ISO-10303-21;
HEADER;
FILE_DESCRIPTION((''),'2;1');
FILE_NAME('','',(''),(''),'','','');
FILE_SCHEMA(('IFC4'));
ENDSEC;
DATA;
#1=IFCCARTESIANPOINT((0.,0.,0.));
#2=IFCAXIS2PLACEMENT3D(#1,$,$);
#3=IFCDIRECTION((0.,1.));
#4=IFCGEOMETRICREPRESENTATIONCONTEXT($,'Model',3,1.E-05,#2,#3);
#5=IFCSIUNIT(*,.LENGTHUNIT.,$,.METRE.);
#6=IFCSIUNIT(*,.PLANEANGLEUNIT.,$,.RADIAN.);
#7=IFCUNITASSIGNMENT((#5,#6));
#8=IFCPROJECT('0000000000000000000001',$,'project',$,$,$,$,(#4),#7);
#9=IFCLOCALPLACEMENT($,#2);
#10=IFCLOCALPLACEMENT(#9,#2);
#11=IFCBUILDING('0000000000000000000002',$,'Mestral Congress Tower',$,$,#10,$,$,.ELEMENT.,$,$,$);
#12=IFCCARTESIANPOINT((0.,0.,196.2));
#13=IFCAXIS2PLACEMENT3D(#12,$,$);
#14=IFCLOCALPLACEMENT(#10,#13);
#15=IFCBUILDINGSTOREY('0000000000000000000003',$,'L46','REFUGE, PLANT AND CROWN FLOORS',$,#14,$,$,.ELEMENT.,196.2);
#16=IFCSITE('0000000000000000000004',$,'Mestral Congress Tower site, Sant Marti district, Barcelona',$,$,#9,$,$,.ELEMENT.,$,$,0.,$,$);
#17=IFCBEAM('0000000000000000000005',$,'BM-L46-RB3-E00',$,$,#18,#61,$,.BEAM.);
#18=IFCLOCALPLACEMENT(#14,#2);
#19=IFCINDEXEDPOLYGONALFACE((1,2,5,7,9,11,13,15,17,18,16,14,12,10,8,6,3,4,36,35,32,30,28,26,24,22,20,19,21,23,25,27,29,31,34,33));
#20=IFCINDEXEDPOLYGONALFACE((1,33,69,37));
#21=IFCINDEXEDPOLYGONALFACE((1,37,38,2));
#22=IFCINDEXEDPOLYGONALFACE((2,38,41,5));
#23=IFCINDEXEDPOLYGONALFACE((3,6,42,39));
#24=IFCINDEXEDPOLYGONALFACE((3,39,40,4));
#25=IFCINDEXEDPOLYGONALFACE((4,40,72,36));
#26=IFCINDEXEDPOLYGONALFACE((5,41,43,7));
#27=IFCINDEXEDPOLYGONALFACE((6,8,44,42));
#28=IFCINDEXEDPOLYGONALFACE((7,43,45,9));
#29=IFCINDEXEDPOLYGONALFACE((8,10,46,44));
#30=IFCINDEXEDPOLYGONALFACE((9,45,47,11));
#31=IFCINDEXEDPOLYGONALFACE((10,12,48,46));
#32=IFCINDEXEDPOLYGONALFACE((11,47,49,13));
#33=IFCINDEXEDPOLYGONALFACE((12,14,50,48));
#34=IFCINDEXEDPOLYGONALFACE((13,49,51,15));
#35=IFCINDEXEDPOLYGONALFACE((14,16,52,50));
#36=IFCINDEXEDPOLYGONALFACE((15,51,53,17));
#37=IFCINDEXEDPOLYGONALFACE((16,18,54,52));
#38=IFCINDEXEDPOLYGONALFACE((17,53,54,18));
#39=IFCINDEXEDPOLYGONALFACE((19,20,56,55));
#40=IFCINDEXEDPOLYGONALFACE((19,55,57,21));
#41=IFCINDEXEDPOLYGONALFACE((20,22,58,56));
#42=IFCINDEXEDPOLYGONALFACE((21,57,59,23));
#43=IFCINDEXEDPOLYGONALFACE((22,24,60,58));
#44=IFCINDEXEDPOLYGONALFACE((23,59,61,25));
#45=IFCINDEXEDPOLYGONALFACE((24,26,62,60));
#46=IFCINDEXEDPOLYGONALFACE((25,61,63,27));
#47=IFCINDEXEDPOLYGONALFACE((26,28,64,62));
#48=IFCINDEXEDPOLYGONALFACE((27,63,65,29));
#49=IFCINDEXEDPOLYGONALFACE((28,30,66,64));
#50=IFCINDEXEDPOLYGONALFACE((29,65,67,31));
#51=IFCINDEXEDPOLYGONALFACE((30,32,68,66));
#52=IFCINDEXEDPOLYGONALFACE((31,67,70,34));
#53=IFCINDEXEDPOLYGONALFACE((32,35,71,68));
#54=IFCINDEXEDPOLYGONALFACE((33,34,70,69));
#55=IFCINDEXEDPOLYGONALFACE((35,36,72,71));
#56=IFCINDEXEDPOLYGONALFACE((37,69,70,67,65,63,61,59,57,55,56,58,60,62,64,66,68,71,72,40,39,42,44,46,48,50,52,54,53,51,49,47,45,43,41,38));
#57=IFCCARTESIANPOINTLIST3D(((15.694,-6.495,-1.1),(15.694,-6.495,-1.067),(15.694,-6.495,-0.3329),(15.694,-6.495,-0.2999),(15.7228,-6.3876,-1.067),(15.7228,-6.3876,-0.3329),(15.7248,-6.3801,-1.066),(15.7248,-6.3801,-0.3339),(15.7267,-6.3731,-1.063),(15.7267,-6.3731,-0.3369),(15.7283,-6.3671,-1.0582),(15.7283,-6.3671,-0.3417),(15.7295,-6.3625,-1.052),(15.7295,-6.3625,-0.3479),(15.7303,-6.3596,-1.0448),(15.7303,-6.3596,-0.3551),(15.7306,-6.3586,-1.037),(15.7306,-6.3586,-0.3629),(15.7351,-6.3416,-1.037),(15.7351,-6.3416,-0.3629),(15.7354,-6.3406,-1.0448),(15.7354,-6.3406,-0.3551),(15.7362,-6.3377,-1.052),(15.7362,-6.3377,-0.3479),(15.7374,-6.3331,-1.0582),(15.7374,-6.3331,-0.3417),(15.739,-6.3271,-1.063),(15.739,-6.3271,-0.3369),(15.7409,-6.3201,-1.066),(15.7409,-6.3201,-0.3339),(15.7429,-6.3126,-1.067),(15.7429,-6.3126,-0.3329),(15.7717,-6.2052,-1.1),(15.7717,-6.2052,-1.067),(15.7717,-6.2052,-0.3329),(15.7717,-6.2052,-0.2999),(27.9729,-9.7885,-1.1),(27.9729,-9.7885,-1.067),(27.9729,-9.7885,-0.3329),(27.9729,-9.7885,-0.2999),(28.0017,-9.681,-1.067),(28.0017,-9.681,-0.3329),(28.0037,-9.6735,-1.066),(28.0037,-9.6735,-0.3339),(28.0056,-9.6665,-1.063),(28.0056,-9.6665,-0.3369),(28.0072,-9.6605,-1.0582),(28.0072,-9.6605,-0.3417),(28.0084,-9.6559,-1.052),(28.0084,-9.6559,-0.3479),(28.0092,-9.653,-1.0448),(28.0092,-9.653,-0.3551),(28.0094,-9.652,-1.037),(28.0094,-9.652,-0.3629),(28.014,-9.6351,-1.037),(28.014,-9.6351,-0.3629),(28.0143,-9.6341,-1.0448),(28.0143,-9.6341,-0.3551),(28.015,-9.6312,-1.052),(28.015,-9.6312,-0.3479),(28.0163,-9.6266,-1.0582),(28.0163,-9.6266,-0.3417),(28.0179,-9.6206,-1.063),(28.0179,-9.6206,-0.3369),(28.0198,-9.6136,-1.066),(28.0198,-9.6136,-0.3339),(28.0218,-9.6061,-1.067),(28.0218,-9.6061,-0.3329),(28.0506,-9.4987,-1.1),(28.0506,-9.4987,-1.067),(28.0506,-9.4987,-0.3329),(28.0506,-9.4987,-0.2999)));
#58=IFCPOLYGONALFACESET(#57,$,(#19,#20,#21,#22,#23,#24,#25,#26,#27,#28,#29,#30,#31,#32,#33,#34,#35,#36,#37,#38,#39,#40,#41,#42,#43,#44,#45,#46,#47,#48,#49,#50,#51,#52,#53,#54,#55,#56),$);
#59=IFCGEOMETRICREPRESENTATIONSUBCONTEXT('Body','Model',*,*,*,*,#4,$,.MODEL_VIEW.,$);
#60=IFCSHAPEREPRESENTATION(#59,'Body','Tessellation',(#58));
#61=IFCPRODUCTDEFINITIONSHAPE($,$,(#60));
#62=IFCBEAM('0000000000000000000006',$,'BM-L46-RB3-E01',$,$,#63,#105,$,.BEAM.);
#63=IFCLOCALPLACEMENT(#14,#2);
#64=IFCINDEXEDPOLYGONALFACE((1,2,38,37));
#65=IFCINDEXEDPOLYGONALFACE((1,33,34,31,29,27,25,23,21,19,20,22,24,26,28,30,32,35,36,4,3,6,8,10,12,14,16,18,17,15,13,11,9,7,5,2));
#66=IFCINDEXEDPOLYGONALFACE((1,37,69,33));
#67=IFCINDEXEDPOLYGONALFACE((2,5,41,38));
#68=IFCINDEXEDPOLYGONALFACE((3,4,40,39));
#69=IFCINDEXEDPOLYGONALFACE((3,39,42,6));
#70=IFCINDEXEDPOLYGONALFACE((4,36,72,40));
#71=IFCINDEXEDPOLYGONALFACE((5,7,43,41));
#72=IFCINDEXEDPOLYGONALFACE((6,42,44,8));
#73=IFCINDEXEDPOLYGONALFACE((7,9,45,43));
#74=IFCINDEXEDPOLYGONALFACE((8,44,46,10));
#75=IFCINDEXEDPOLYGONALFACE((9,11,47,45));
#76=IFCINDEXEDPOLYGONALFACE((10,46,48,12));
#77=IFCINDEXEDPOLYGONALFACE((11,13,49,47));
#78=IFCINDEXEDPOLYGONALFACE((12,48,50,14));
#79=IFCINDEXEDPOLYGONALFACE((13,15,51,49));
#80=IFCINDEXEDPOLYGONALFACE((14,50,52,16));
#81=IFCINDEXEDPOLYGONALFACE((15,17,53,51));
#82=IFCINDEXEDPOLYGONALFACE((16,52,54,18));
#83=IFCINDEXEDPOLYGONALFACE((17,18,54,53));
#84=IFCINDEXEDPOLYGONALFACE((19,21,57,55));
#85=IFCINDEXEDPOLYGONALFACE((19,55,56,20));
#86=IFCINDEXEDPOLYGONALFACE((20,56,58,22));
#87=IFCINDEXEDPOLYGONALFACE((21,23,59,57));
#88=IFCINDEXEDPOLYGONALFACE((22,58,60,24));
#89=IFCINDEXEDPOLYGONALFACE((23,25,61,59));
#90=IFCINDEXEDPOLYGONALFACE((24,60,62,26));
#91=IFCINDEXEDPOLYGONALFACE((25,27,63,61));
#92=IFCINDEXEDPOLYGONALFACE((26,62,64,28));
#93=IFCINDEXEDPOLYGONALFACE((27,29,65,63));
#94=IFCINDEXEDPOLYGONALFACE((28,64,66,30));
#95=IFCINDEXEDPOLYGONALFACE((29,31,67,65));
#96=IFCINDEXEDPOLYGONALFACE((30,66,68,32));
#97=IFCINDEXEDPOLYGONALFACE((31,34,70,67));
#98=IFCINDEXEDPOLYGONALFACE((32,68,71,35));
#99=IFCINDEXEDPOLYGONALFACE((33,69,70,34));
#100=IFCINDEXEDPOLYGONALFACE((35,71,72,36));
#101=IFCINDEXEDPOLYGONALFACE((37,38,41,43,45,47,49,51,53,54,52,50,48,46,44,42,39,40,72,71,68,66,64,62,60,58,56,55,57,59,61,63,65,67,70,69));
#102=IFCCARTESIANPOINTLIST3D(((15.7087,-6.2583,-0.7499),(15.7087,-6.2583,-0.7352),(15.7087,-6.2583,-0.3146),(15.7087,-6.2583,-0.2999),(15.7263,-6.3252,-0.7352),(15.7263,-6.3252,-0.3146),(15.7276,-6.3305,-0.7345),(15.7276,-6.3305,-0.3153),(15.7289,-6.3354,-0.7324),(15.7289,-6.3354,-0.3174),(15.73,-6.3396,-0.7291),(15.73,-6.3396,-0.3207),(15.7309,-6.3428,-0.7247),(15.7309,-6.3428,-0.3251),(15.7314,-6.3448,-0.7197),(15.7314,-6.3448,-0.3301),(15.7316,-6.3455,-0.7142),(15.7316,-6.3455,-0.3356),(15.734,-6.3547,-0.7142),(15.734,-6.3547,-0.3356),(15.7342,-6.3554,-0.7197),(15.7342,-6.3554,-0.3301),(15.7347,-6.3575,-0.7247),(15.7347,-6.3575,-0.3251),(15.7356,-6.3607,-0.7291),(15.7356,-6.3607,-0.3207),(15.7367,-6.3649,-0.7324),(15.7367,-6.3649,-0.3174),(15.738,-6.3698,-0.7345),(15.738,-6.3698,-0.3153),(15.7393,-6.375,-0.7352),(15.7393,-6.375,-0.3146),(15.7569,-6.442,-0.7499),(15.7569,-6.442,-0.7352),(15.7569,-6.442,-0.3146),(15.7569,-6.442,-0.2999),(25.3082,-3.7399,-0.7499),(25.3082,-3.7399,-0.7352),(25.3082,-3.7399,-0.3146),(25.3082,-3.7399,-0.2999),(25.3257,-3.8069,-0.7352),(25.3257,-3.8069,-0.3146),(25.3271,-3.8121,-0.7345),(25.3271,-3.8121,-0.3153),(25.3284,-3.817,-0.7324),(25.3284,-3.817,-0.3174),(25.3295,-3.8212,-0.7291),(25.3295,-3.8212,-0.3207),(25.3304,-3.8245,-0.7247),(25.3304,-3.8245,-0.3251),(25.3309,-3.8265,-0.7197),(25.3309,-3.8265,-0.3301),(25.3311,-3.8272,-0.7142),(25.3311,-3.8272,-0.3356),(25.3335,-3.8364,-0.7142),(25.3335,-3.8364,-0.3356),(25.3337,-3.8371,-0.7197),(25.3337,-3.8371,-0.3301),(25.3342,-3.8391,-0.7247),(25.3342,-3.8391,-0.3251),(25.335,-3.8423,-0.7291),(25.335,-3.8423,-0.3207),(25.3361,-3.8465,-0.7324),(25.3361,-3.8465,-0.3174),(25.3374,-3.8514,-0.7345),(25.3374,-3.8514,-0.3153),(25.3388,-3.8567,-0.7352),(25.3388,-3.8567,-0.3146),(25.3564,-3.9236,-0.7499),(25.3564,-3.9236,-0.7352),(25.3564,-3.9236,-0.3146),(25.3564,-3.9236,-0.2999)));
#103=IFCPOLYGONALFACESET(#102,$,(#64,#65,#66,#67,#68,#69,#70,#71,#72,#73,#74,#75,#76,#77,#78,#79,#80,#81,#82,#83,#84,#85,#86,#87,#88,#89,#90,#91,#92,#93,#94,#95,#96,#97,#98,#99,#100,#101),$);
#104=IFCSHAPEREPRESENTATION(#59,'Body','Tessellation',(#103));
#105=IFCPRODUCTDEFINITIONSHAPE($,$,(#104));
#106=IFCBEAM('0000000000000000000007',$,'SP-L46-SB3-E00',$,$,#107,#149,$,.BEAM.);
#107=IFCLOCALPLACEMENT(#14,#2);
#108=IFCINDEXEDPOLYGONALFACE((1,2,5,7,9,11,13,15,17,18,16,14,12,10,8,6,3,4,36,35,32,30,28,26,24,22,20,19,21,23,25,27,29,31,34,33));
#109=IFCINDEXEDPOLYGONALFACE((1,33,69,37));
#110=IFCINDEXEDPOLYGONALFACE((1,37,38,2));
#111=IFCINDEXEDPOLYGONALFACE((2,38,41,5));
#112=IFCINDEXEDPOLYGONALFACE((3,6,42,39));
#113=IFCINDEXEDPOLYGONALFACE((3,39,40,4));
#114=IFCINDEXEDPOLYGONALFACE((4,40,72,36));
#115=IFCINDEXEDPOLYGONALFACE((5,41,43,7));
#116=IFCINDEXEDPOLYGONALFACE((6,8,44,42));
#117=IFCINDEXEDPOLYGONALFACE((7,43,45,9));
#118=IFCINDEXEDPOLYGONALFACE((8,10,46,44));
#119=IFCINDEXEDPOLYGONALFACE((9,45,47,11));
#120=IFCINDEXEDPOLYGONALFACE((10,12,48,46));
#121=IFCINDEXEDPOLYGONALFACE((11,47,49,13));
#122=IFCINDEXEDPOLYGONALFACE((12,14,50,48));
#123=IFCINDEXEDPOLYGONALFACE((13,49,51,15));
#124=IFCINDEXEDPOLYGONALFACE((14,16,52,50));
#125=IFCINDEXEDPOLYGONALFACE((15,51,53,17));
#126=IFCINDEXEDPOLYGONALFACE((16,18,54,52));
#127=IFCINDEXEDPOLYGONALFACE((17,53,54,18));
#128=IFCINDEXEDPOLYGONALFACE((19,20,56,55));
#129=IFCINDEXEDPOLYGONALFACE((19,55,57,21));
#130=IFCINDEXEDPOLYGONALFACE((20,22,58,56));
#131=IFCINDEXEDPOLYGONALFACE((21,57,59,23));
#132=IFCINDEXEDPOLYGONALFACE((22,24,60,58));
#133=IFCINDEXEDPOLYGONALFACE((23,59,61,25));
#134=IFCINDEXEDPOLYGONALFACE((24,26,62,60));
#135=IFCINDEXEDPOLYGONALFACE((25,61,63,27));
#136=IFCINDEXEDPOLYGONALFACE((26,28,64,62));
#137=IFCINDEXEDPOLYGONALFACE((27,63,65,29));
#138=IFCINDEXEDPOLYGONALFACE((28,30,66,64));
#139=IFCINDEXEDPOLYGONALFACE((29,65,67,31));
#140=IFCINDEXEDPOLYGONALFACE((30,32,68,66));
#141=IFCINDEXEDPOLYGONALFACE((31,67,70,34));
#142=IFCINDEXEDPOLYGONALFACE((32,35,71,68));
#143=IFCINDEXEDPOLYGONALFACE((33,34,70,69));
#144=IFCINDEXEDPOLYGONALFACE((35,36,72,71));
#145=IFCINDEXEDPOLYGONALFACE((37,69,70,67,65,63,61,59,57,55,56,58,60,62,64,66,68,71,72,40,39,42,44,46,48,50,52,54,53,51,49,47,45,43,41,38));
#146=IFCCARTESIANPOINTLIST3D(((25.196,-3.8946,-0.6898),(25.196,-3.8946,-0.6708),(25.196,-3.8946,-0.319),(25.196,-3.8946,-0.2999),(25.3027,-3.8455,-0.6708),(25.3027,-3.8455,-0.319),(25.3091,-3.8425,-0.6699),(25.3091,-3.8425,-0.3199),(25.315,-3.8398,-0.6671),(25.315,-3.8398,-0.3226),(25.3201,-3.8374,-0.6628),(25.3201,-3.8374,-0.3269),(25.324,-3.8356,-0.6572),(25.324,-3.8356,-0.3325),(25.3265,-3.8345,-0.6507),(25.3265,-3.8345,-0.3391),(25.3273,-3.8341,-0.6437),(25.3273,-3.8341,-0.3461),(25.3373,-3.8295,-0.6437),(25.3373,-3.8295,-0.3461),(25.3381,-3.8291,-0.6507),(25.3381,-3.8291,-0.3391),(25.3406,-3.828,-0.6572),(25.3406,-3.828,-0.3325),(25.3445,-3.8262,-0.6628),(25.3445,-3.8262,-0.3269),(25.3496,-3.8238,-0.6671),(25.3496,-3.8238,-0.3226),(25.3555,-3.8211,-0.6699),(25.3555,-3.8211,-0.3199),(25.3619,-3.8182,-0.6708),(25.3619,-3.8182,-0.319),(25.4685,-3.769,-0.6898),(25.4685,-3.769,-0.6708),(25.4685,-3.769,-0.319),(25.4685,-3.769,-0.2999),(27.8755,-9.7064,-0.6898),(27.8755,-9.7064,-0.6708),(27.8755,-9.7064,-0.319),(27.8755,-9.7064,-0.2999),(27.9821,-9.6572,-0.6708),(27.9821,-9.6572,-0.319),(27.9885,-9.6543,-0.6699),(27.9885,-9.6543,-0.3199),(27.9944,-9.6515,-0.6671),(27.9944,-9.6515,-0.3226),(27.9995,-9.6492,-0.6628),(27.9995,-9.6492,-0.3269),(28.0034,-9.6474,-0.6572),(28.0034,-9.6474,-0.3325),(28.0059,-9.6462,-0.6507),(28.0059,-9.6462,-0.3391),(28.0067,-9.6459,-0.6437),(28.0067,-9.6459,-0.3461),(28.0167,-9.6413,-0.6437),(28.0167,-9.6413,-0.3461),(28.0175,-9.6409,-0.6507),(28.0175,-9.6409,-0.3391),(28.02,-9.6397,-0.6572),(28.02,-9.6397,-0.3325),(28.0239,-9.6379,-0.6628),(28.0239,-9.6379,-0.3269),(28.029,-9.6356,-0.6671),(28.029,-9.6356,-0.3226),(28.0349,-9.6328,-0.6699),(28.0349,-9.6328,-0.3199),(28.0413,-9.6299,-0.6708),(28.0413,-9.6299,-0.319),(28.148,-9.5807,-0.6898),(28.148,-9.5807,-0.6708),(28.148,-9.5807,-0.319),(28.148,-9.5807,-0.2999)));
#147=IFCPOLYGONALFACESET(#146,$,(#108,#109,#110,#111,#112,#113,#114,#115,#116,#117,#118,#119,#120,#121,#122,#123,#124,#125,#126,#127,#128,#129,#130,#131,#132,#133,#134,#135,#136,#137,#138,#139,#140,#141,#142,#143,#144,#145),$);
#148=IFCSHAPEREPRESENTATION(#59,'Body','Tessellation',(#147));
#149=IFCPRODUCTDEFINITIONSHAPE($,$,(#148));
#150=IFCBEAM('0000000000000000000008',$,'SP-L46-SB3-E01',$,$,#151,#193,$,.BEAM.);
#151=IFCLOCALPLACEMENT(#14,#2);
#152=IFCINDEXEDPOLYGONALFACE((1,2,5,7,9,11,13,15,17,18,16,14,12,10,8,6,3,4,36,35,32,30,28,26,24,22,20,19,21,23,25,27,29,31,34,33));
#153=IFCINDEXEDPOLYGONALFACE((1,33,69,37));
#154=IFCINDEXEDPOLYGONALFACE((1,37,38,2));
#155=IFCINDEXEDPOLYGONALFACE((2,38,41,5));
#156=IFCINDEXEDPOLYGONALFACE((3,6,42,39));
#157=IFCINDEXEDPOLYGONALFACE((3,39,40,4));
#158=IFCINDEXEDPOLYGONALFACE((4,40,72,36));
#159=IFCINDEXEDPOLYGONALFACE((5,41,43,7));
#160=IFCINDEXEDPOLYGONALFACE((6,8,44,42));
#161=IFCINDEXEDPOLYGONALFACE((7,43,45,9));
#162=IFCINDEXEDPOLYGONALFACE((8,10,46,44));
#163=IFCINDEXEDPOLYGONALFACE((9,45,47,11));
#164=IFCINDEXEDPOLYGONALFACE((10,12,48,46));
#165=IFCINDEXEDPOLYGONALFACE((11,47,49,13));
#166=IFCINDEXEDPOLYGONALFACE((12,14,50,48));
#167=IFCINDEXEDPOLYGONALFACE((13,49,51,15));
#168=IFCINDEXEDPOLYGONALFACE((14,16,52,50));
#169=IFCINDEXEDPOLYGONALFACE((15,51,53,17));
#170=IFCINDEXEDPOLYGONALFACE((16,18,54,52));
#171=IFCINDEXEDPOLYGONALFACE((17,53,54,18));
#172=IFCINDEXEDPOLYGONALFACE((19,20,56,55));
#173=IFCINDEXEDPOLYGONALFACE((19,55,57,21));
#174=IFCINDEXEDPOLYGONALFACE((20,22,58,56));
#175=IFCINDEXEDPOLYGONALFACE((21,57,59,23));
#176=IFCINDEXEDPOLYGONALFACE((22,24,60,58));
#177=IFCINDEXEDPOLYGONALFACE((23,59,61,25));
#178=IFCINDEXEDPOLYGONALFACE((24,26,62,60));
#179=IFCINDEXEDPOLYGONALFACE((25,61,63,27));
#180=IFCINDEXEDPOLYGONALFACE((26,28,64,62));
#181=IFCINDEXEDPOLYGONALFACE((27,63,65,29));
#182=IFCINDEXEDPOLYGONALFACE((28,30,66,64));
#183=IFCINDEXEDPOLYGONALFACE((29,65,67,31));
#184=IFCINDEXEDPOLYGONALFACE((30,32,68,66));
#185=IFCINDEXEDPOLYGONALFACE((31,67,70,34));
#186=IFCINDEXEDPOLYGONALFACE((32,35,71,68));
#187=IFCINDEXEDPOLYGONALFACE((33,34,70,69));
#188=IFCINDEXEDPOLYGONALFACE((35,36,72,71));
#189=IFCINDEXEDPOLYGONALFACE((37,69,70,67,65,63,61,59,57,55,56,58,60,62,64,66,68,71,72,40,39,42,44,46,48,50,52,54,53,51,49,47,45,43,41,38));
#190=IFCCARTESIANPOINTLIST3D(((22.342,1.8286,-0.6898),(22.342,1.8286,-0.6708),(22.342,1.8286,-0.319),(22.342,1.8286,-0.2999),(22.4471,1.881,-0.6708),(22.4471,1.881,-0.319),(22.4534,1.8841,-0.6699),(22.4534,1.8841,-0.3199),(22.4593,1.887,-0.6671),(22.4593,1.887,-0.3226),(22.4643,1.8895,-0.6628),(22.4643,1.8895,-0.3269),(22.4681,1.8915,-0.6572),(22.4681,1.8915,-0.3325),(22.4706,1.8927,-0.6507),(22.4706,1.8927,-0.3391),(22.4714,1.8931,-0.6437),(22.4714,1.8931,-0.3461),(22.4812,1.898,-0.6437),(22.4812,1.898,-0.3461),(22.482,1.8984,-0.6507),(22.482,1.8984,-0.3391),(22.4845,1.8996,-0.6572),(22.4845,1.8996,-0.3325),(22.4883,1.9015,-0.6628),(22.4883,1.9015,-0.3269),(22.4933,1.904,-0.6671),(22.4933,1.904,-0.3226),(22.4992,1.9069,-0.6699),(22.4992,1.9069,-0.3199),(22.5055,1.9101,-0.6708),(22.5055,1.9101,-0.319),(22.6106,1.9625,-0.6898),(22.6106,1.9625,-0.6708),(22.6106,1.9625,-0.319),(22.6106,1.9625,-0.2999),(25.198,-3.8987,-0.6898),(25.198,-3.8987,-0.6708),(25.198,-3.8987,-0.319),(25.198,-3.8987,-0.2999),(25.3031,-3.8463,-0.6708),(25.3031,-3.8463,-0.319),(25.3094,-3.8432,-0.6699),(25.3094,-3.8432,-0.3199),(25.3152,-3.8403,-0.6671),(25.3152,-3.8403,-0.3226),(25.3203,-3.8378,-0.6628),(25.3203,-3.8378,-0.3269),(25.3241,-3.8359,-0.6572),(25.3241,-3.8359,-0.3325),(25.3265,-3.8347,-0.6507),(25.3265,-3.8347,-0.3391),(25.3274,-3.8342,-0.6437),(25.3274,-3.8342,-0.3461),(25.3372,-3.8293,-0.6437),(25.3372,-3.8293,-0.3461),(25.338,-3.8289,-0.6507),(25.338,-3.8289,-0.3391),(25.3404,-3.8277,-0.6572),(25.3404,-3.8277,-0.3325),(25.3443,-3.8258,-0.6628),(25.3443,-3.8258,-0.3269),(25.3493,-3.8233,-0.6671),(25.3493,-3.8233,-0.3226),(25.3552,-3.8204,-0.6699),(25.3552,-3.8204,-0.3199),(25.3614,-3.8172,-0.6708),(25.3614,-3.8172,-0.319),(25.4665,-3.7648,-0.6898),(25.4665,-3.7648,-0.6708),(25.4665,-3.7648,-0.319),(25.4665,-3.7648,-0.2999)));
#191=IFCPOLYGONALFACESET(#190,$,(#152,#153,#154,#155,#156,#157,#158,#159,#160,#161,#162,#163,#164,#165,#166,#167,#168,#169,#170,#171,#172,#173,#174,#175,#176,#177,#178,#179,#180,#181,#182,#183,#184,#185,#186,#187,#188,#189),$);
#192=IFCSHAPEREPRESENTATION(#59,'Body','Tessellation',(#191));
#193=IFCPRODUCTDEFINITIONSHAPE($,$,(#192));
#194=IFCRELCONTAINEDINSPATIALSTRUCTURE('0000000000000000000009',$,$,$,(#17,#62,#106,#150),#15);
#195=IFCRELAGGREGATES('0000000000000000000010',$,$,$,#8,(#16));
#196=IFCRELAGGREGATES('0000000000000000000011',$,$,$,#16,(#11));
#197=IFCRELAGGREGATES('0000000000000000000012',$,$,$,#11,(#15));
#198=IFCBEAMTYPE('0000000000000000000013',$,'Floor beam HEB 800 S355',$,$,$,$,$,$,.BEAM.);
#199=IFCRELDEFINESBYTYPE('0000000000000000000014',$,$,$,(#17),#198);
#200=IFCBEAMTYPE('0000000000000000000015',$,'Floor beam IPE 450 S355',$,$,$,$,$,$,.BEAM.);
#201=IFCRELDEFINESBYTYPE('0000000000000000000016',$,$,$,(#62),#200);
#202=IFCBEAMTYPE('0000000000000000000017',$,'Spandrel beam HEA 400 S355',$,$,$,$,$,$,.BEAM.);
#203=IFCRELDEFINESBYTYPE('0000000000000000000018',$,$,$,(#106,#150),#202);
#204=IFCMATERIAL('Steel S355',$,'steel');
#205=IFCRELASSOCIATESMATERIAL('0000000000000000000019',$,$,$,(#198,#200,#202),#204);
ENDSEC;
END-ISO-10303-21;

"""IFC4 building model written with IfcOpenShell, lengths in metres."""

from ifc_helpers import new_model, si_unit, direction, frame, origin, origin_2d, place, context, subcontext, project, spatial, i_section, extrude, material, material_profile, profile_set, type_object, element, save


model = new_model("IFC4")

# Units and contexts
model_context = context("Model", 3, precision=1e-05, world=origin(), true_north=direction((0.0, 1.0)))
body_context = subcontext(model_context, "Body", "Model", "MODEL_VIEW")
ifc_project = project(units=[si_unit("LENGTHUNIT", "METRE"), si_unit("PLANEANGLEUNIT", "RADIAN")], contexts=[model_context])

# Site, building, storey
site_placement = place(None, origin())
site = spatial("IfcSite", under=ifc_project, at=site_placement, Name="Mestral Congress Tower site, Sant Marti district, Barcelona", CompositionType="ELEMENT", RefElevation=0.0)
building_placement = place(site_placement, origin())
building = spatial("IfcBuilding", under=site, at=building_placement, Name="Mestral Congress Tower", CompositionType="ELEMENT")
storey_placement = place(building_placement, frame((0.0, 0.0, 196.2)))
storey = spatial("IfcBuildingStorey", under=building, at=storey_placement, Name="L46", Description="REFUGE, PLANT AND CROWN FLOORS", CompositionType="ELEMENT", Elevation=196.2)

# Shared definitions
ifc_material_1 = material(Name="Steel S355", Category="steel")

# Beams
ifc_material_profile_1 = material_profile(ifc_material_1, i_section(OverallWidth=0.3, OverallDepth=0.8, WebThickness=0.0176, FlangeThickness=0.033, FilletRadius=0.03, at=origin_2d()), Name="HEB 800")
ifc_profile_set_1 = profile_set([ifc_material_profile_1], Name="Steel S355")
beam_type_1 = type_object("IfcBeamType", Name="Floor beam HEB 800 S355", PredefinedType="BEAM", material=ifc_profile_set_1)
beam_1_placement = place(storey_placement, frame((28.0117, -9.6436, -0.7), z_axis=(-0.96586, 0.259066, 0.0), x_axis=(-0.259066, -0.96586, 0.0)))
element("IfcBeam", 1, at=beam_1_placement, inside=storey, type_object=beam_type_1, Name="BM-L46-RB3-E00", PredefinedType="BEAM", context=body_context, shape_type="SweptSolid", body=[
    extrude(i_section(OverallWidth=0.3, OverallDepth=0.8, WebThickness=0.0176, FlangeThickness=0.033, FilletRadius=0.03, at=origin_2d()), origin(), (0.0, 0.0, 1.0), 12.7129),
])
ifc_material_profile_2 = material_profile(ifc_material_1, i_section(OverallWidth=0.1899, OverallDepth=0.45, WebThickness=0.0095, FlangeThickness=0.0146, FilletRadius=0.021, at=origin_2d()), Name="IPE 450")
ifc_profile_set_2 = profile_set([ifc_material_profile_2], Name="Steel S355")
beam_type_2 = type_object("IfcBeamType", Name="Floor beam IPE 450 S355", PredefinedType="BEAM", material=ifc_profile_set_2)
beam_2_placement = place(storey_placement, frame((25.3323, -3.8318, -0.5249), z_axis=(-0.967269, -0.253755, 0.0), x_axis=(0.253755, -0.967269, 0.0)))
element("IfcBeam", 2, at=beam_2_placement, inside=storey, type_object=beam_type_2, Name="BM-L46-RB3-E01", PredefinedType="BEAM", context=body_context, shape_type="SweptSolid", body=[
    extrude(i_section(OverallWidth=0.1899, OverallDepth=0.45, WebThickness=0.0095, FlangeThickness=0.0146, FilletRadius=0.021, at=origin_2d()), origin(), (0.0, 0.0, 1.0), 9.9243),
])
ifc_material_profile_3 = material_profile(ifc_material_1, i_section(OverallWidth=0.3, OverallDepth=0.3899, WebThickness=0.011, FlangeThickness=0.019, FilletRadius=0.0271, at=origin_2d()), Name="HEA 400")
ifc_profile_set_3 = profile_set([ifc_material_profile_3], Name="Steel S355")
beam_type_3 = type_object("IfcBeamType", Name="Spandrel beam HEA 400 S355", PredefinedType="BEAM", material=ifc_profile_set_3)
beam_3_placement = place(storey_placement, frame((28.0117, -9.6436, -0.4949), z_axis=(-0.418683, 0.908132, 0.0), x_axis=(-0.908132, -0.418683, 0.0)))
element("IfcBeam", 3, at=beam_3_placement, inside=storey, type_object=beam_type_3, Name="SP-L46-SB3-E00", PredefinedType="BEAM", context=body_context, shape_type="SweptSolid", body=[
    extrude(i_section(OverallWidth=0.3, OverallDepth=0.3899, WebThickness=0.011, FlangeThickness=0.019, FilletRadius=0.0271, at=origin_2d()), origin(), (0.0, 0.0, 1.0), 6.3997),
])
beam_4_placement = place(storey_placement, frame((25.3323, -3.8318, -0.4949), z_axis=(-0.446252, 0.894907, 0.0), x_axis=(-0.894907, -0.446252, 0.0)))
element("IfcBeam", 4, at=beam_4_placement, inside=storey, type_object=beam_type_3, Name="SP-L46-SB3-E01", PredefinedType="BEAM", context=body_context, shape_type="SweptSolid", body=[
    extrude(i_section(OverallWidth=0.3, OverallDepth=0.3899, WebThickness=0.011, FlangeThickness=0.019, FilletRadius=0.0271, at=origin_2d()), origin(), (0.0, 0.0, 1.0), 6.3999),
])

save(model, "model.ifc")
